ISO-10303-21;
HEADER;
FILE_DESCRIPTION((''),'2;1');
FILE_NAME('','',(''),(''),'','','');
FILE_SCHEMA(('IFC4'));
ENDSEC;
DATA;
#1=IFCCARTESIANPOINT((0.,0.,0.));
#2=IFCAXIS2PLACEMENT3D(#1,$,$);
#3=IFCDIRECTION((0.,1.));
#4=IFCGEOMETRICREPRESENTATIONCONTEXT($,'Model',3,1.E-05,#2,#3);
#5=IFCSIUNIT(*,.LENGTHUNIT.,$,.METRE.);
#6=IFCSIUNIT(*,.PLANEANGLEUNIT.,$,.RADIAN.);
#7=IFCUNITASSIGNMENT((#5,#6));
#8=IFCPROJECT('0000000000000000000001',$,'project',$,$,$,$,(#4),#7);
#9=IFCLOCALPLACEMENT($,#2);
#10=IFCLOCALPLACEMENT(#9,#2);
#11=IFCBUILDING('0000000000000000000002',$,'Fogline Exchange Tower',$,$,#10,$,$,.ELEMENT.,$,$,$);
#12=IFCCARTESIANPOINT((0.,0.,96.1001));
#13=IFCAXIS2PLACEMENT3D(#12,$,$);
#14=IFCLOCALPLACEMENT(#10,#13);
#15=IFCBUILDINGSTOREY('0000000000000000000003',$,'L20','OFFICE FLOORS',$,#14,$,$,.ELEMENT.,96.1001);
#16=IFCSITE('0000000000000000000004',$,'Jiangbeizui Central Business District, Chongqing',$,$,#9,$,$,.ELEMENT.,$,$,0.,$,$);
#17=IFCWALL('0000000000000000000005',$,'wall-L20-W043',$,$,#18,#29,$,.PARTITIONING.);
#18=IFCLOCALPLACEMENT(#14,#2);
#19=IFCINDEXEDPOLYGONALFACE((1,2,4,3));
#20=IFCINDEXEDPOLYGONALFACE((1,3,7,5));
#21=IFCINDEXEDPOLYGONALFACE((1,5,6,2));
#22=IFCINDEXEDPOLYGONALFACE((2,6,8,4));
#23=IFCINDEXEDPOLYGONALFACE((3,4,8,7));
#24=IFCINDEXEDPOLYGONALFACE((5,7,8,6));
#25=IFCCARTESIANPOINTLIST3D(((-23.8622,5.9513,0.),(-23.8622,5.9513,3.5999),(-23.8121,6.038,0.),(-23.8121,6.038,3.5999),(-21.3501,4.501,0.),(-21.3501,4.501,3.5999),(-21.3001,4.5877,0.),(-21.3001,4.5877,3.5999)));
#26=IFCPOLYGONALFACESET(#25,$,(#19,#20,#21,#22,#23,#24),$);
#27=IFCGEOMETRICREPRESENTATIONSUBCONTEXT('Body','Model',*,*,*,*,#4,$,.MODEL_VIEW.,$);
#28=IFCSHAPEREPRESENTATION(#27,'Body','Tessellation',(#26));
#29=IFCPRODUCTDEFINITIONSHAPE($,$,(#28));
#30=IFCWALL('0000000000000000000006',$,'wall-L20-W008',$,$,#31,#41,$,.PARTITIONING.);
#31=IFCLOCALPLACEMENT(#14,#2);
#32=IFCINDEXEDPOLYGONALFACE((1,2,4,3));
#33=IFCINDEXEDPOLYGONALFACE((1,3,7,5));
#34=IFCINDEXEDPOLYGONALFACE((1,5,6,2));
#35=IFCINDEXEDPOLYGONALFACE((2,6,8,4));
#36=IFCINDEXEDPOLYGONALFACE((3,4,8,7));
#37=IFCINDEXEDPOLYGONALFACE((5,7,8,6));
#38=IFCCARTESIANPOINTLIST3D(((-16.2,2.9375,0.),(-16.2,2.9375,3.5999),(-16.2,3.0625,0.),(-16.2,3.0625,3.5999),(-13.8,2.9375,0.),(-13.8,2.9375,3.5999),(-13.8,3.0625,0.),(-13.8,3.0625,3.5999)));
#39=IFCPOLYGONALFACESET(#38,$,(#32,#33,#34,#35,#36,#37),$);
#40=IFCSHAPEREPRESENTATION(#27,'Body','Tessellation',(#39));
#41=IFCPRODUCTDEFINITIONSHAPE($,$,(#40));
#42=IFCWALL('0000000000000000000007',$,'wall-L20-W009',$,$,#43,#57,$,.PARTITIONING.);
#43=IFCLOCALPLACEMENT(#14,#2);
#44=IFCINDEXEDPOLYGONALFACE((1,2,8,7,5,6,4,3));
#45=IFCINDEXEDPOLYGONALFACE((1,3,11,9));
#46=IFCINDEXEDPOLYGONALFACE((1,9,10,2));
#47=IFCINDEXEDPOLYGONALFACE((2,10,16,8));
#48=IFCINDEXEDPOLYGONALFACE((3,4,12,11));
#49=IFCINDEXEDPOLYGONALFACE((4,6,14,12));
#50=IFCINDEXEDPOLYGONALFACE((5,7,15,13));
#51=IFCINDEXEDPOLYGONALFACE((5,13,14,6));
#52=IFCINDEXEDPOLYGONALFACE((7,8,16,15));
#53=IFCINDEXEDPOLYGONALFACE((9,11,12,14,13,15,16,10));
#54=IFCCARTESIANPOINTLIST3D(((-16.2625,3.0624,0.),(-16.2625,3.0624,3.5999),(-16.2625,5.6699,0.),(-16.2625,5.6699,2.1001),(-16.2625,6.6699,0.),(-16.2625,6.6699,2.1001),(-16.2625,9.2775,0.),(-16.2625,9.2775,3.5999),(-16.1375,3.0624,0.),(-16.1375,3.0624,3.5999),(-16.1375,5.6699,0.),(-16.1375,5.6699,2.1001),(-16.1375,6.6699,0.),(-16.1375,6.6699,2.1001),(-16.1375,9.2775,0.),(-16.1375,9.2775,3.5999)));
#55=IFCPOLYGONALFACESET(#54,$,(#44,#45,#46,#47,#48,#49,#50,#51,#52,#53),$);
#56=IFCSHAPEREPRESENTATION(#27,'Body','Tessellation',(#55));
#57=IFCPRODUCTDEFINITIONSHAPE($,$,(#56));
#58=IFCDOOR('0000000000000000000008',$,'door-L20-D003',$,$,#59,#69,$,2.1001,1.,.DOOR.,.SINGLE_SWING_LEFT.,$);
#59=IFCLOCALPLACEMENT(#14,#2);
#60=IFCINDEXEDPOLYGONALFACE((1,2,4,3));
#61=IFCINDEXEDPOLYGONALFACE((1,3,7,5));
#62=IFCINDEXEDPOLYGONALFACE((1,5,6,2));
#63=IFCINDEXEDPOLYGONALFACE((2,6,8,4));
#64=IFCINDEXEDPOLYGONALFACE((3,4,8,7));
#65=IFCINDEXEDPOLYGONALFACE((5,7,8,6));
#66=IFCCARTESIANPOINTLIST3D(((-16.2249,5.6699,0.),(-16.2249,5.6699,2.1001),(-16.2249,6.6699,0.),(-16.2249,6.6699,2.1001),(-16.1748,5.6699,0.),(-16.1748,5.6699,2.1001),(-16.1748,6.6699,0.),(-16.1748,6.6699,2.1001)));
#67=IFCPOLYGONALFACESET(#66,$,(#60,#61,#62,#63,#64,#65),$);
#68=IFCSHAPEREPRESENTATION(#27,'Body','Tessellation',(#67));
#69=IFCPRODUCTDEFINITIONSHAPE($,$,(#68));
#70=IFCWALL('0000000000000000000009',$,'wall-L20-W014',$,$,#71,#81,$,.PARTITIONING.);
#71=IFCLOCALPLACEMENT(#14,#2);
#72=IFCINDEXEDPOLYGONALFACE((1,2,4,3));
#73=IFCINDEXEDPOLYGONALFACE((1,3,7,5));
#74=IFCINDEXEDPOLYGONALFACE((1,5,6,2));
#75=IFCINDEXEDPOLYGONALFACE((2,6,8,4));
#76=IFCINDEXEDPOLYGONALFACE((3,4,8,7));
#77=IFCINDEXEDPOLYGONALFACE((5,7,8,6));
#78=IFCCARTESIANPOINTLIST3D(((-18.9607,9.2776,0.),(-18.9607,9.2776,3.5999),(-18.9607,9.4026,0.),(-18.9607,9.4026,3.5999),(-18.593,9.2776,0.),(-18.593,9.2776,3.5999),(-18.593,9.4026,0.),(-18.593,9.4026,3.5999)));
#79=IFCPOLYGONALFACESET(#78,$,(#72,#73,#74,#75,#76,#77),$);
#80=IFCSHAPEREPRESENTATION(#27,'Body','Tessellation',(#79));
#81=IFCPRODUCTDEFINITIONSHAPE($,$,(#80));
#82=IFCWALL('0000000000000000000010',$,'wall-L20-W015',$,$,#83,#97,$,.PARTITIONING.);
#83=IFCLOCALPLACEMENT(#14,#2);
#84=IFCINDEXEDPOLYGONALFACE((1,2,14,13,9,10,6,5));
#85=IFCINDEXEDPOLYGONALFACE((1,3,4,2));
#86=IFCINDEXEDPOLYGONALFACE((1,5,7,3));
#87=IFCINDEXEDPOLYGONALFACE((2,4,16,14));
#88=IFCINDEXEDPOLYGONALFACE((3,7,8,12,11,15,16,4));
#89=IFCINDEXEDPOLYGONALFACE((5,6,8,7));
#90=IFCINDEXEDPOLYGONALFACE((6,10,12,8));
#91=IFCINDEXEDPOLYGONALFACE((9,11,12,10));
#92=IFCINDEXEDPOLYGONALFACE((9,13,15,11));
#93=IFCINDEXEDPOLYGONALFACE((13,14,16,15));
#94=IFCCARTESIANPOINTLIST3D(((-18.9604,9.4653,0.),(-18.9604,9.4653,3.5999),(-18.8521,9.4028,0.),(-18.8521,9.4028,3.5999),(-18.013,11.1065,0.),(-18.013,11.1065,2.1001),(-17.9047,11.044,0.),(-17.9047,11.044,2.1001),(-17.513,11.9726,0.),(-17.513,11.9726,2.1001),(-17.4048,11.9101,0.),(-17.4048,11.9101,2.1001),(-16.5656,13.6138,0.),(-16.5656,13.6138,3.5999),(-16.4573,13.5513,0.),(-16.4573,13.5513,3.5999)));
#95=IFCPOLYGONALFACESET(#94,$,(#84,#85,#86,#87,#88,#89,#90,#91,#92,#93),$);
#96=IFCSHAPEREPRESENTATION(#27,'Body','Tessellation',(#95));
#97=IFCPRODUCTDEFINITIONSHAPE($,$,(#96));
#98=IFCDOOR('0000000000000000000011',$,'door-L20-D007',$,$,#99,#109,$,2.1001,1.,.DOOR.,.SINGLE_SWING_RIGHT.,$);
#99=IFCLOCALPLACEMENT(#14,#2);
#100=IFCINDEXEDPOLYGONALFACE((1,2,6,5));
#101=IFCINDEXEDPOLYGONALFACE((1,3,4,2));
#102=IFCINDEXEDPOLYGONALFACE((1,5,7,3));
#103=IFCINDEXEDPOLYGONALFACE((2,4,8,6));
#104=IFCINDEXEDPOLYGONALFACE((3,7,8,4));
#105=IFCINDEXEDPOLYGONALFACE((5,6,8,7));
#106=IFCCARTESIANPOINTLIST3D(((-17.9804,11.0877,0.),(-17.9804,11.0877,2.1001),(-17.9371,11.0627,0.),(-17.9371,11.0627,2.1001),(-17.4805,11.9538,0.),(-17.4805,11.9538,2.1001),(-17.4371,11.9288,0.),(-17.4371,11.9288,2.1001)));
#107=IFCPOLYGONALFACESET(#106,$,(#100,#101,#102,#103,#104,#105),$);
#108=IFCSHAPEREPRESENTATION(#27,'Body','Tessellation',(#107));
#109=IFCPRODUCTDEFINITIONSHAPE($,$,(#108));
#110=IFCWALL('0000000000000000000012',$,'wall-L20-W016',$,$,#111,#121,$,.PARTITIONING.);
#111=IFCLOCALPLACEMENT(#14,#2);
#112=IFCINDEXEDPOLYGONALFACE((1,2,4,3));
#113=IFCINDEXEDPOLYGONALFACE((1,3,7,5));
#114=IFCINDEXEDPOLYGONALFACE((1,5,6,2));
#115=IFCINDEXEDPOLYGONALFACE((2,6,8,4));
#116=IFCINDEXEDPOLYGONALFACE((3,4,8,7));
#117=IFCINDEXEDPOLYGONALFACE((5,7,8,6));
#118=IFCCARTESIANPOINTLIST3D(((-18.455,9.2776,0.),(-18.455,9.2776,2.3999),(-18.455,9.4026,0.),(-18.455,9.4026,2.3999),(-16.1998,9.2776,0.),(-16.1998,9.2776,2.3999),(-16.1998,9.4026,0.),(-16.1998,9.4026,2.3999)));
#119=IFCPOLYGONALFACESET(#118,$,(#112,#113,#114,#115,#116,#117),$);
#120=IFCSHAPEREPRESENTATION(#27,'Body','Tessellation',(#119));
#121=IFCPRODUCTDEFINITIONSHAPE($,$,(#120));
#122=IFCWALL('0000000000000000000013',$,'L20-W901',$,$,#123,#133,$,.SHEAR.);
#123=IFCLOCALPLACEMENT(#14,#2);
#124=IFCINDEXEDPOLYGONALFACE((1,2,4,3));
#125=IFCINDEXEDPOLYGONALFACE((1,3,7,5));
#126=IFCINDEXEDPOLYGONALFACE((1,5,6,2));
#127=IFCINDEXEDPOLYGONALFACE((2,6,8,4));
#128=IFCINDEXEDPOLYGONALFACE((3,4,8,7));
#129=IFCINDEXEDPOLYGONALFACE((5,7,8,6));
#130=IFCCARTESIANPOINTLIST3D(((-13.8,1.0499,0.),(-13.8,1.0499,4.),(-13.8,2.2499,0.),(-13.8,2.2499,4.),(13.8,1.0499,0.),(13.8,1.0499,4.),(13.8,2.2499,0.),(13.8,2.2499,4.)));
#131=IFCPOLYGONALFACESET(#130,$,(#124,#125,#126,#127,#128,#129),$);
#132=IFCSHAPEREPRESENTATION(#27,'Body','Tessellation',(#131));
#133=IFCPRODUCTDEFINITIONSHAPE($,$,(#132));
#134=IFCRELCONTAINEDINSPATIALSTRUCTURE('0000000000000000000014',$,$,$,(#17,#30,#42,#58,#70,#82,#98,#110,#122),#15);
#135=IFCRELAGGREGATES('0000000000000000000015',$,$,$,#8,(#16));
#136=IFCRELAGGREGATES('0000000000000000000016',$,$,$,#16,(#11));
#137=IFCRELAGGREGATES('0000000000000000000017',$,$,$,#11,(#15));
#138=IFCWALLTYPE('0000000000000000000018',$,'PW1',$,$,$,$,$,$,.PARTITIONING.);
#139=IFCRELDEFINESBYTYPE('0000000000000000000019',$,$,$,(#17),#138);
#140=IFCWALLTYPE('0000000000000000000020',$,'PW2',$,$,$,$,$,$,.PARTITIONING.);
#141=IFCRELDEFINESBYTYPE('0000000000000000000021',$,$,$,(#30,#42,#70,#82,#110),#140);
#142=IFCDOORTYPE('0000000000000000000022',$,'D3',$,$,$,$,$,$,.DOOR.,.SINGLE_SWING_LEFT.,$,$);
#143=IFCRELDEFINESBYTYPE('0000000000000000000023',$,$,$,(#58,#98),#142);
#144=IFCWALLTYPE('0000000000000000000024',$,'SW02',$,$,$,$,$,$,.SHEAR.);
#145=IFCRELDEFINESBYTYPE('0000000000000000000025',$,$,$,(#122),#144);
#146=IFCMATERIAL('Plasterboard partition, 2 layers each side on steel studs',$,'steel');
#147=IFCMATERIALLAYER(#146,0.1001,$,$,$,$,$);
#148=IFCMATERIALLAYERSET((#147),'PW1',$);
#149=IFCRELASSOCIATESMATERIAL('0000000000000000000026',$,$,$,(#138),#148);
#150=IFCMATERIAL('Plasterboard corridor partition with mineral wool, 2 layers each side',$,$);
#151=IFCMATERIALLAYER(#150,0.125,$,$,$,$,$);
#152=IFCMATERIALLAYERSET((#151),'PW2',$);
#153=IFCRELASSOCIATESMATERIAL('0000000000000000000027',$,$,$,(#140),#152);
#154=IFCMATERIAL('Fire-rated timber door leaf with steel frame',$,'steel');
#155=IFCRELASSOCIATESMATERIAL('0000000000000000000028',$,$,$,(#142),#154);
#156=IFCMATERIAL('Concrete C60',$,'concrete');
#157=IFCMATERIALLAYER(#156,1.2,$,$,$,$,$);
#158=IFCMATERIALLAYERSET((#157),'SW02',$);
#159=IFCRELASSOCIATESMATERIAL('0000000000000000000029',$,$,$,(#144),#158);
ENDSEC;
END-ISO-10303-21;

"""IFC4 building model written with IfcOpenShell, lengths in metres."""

from ifc_helpers import new_model, si_unit, direction, frame, frame_2d, origin, place, context, subcontext, project, spatial, rectangle, extrude, material, layer, layer_set, type_object, element, fill, save


model = new_model("IFC4")

# Units and contexts
model_context = context("Model", 3, precision=1e-05, world=origin(), true_north=direction((0.0, 1.0)))
body_context = subcontext(model_context, "Body", "Model", "MODEL_VIEW")
ifc_project = project(units=[si_unit("LENGTHUNIT", "METRE"), si_unit("PLANEANGLEUNIT", "RADIAN")], contexts=[model_context])

# Site, building, storey
site_placement = place(None, origin())
site = spatial("IfcSite", under=ifc_project, at=site_placement, Name="Jiangbeizui Central Business District, Chongqing", CompositionType="ELEMENT", RefElevation=0.0)
building_placement = place(site_placement, origin())
building = spatial("IfcBuilding", under=site, at=building_placement, Name="Fogline Exchange Tower", CompositionType="ELEMENT")
storey_placement = place(building_placement, frame((0.0, 0.0, 96.1001)))
storey = spatial("IfcBuildingStorey", under=building, at=storey_placement, Name="L20", Description="OFFICE FLOORS", CompositionType="ELEMENT", Elevation=96.1001)

# Shared definitions
ifc_material_1 = material(Name="Plasterboard partition, 2 layers each side on steel studs", Category="steel")
ifc_layer_1 = layer(ifc_material_1, 0.1001)
ifc_layer_set_1 = layer_set([ifc_layer_1], Name="PW1")
wall_type_1 = type_object("IfcWallType", Name="PW1", PredefinedType="PARTITIONING", material=ifc_layer_set_1)

# Walls
wall_1_placement = place(storey_placement, frame((-21.3252, 4.5444, 0.0), z_axis=(0.0, 0.0, 1.0), x_axis=(-0.866038, 0.499977, 0.0)))
element("IfcWall", 1, at=wall_1_placement, inside=storey, type_object=wall_type_1, Name="wall-L20-W043", PredefinedType="PARTITIONING", context=body_context, shape_type="SweptSolid", body=[
    extrude(rectangle(XDim=2.9006, YDim=0.1001, at=frame_2d((1.4502, 0.0))), origin(), (0.0, 0.0, 1.0), 3.5999),
])
ifc_material_2 = material(Name="Plasterboard corridor partition with mineral wool, 2 layers each side")
ifc_layer_2 = layer(ifc_material_2, 0.125)
ifc_layer_set_2 = layer_set([ifc_layer_2], Name="PW2")
wall_type_2 = type_object("IfcWallType", Name="PW2", PredefinedType="PARTITIONING", material=ifc_layer_set_2)
wall_2_placement = place(storey_placement, frame((-13.8, 3.0, 0.0), z_axis=(0.0, 0.0, 1.0), x_axis=(-1.0, 0.0, 0.0)))
element("IfcWall", 2, at=wall_2_placement, inside=storey, type_object=wall_type_2, Name="wall-L20-W008", PredefinedType="PARTITIONING", context=body_context, shape_type="SweptSolid", body=[
    extrude(rectangle(XDim=2.3999, YDim=0.125, at=frame_2d((1.2, 0.0))), origin(), (0.0, 0.0, 1.0), 3.5999),
])

# Wall, opening, door
wall_3_placement = place(storey_placement, frame((-16.2, 3.0625, 0.0), z_axis=(0.0, 0.0, 1.0), x_axis=(0.0, 1.0, 0.0)))
wall_3 = element("IfcWall", 3, at=wall_3_placement, inside=storey, type_object=wall_type_2, Name="wall-L20-W009", PredefinedType="PARTITIONING", context=body_context, shape_type="SweptSolid", body=[
    extrude(rectangle(XDim=6.2151, YDim=0.125, at=frame_2d((3.1074, 0.0))), origin(), (0.0, 0.0, 1.0), 3.5999),
])
opening_1_placement = place(wall_3_placement, frame((2.6074, 0.0, 0.0)))
opening_1 = element("IfcOpeningElement", 4, at=opening_1_placement, cuts=wall_3, PredefinedType="OPENING", context=body_context, shape_type="SweptSolid", body=[
    extrude(rectangle(XDim=1.0, YDim=2.1001, at=frame_2d((0.5, 1.05))), frame((0.0, 0.0725, 0.0), z_axis=(0.0, -1.0, 0.0), x_axis=(1.0, 0.0, 0.0)), (0.0, 0.0, 1.0), 0.145),
])
ifc_material_3 = material(Name="Fire-rated timber door leaf with steel frame", Category="steel")
door_type_1 = type_object("IfcDoorType", Name="D3", OperationType="SINGLE_SWING_LEFT", PredefinedType="DOOR", material=ifc_material_3)
door_1_placement = place(opening_1_placement, origin())
door_1 = element("IfcDoor", 5, at=door_1_placement, inside=storey, type_object=door_type_1, Name="door-L20-D003", OperationType="SINGLE_SWING_LEFT", OverallHeight=2.1001, OverallWidth=1.0, PredefinedType="DOOR", context=body_context, shape_type="SweptSolid", body=[
    extrude(rectangle(XDim=1.0, YDim=2.1001, at=frame_2d((0.5, 1.05))), frame((0.0, 0.0249, 0.0), z_axis=(0.0, -1.0, 0.0), x_axis=(1.0, 0.0, 0.0)), (0.0, 0.0, 1.0), 0.05),
])
fill(opening_1, door_1)

# Wall
wall_4_placement = place(storey_placement, frame((-18.593, 9.3401, 0.0), z_axis=(0.0, 0.0, 1.0), x_axis=(-1.0, 0.0, 0.0)))
element("IfcWall", 6, at=wall_4_placement, inside=storey, type_object=wall_type_2, Name="wall-L20-W014", PredefinedType="PARTITIONING", context=body_context, shape_type="SweptSolid", body=[
    extrude(rectangle(XDim=0.3677, YDim=0.125, at=frame_2d((0.1838, 0.0))), origin(), (0.0, 0.0, 1.0), 3.5999),
])

# Wall, opening, door
wall_5_placement = place(storey_placement, frame((-18.9062, 9.4341, 0.0), z_axis=(0.0, 0.0, 1.0), x_axis=(0.499949, 0.866055, 0.0)))
wall_5 = element("IfcWall", 7, at=wall_5_placement, inside=storey, type_object=wall_type_2, Name="wall-L20-W015", PredefinedType="PARTITIONING", context=body_context, shape_type="SweptSolid", body=[
    extrude(rectangle(XDim=4.79, YDim=0.125, at=frame_2d((2.395, 0.0))), origin(), (0.0, 0.0, 1.0), 3.5999),
])
opening_2_placement = place(wall_5_placement, frame((1.895, 0.0, 0.0)))
opening_2 = element("IfcOpeningElement", 8, at=opening_2_placement, cuts=wall_5, PredefinedType="OPENING", context=body_context, shape_type="SweptSolid", body=[
    extrude(rectangle(XDim=1.0, YDim=2.1001, at=frame_2d((0.5, 1.05))), frame((0.0, 0.0725, 0.0), z_axis=(0.0, -1.0, 0.0), x_axis=(1.0, 0.0, 0.0)), (0.0, 0.0, 1.0), 0.145),
])
door_2_placement = place(opening_2_placement, origin())
door_2 = element("IfcDoor", 9, at=door_2_placement, inside=storey, type_object=door_type_1, Name="door-L20-D007", OperationType="SINGLE_SWING_RIGHT", OverallHeight=2.1001, OverallWidth=1.0, PredefinedType="DOOR", context=body_context, shape_type="SweptSolid", body=[
    extrude(rectangle(XDim=1.0, YDim=2.1001, at=frame_2d((0.5, 1.05))), frame((0.0, 0.0249, 0.0), z_axis=(0.0, -1.0, 0.0), x_axis=(1.0, 0.0, 0.0)), (0.0, 0.0, 1.0), 0.05),
])
fill(opening_2, door_2)

# Walls
wall_6_placement = place(storey_placement, frame((-16.2, 9.3401, 0.0), z_axis=(0.0, 0.0, 1.0), x_axis=(-1.0, 0.0, 0.0)))
element("IfcWall", 10, at=wall_6_placement, inside=storey, type_object=wall_type_2, Name="wall-L20-W016", PredefinedType="PARTITIONING", context=body_context, shape_type="SweptSolid", body=[
    extrude(rectangle(XDim=2.2551, YDim=0.125, at=frame_2d((1.1274, 0.0))), origin(), (0.0, 0.0, 1.0), 2.3999),
])
ifc_material_4 = material(Name="Concrete C60", Category="concrete")
ifc_layer_3 = layer(ifc_material_4, 1.2)
ifc_layer_set_3 = layer_set([ifc_layer_3], Name="SW02")
wall_type_3 = type_object("IfcWallType", Name="SW02", PredefinedType="SHEAR", material=ifc_layer_set_3)
wall_7_placement = place(storey_placement, frame((-13.8, 1.6499, 0.0), z_axis=(0.0, 0.0, 1.0), x_axis=(1.0, 0.0, 0.0)))
element("IfcWall", 11, at=wall_7_placement, inside=storey, type_object=wall_type_3, Name="L20-W901", PredefinedType="SHEAR", context=body_context, shape_type="SweptSolid", body=[
    extrude(rectangle(XDim=27.6001, YDim=1.2, at=frame_2d((13.8, 0.0))), origin(), (0.0, 0.0, 1.0), 4.0),
])

save(model, "model.ifc")
